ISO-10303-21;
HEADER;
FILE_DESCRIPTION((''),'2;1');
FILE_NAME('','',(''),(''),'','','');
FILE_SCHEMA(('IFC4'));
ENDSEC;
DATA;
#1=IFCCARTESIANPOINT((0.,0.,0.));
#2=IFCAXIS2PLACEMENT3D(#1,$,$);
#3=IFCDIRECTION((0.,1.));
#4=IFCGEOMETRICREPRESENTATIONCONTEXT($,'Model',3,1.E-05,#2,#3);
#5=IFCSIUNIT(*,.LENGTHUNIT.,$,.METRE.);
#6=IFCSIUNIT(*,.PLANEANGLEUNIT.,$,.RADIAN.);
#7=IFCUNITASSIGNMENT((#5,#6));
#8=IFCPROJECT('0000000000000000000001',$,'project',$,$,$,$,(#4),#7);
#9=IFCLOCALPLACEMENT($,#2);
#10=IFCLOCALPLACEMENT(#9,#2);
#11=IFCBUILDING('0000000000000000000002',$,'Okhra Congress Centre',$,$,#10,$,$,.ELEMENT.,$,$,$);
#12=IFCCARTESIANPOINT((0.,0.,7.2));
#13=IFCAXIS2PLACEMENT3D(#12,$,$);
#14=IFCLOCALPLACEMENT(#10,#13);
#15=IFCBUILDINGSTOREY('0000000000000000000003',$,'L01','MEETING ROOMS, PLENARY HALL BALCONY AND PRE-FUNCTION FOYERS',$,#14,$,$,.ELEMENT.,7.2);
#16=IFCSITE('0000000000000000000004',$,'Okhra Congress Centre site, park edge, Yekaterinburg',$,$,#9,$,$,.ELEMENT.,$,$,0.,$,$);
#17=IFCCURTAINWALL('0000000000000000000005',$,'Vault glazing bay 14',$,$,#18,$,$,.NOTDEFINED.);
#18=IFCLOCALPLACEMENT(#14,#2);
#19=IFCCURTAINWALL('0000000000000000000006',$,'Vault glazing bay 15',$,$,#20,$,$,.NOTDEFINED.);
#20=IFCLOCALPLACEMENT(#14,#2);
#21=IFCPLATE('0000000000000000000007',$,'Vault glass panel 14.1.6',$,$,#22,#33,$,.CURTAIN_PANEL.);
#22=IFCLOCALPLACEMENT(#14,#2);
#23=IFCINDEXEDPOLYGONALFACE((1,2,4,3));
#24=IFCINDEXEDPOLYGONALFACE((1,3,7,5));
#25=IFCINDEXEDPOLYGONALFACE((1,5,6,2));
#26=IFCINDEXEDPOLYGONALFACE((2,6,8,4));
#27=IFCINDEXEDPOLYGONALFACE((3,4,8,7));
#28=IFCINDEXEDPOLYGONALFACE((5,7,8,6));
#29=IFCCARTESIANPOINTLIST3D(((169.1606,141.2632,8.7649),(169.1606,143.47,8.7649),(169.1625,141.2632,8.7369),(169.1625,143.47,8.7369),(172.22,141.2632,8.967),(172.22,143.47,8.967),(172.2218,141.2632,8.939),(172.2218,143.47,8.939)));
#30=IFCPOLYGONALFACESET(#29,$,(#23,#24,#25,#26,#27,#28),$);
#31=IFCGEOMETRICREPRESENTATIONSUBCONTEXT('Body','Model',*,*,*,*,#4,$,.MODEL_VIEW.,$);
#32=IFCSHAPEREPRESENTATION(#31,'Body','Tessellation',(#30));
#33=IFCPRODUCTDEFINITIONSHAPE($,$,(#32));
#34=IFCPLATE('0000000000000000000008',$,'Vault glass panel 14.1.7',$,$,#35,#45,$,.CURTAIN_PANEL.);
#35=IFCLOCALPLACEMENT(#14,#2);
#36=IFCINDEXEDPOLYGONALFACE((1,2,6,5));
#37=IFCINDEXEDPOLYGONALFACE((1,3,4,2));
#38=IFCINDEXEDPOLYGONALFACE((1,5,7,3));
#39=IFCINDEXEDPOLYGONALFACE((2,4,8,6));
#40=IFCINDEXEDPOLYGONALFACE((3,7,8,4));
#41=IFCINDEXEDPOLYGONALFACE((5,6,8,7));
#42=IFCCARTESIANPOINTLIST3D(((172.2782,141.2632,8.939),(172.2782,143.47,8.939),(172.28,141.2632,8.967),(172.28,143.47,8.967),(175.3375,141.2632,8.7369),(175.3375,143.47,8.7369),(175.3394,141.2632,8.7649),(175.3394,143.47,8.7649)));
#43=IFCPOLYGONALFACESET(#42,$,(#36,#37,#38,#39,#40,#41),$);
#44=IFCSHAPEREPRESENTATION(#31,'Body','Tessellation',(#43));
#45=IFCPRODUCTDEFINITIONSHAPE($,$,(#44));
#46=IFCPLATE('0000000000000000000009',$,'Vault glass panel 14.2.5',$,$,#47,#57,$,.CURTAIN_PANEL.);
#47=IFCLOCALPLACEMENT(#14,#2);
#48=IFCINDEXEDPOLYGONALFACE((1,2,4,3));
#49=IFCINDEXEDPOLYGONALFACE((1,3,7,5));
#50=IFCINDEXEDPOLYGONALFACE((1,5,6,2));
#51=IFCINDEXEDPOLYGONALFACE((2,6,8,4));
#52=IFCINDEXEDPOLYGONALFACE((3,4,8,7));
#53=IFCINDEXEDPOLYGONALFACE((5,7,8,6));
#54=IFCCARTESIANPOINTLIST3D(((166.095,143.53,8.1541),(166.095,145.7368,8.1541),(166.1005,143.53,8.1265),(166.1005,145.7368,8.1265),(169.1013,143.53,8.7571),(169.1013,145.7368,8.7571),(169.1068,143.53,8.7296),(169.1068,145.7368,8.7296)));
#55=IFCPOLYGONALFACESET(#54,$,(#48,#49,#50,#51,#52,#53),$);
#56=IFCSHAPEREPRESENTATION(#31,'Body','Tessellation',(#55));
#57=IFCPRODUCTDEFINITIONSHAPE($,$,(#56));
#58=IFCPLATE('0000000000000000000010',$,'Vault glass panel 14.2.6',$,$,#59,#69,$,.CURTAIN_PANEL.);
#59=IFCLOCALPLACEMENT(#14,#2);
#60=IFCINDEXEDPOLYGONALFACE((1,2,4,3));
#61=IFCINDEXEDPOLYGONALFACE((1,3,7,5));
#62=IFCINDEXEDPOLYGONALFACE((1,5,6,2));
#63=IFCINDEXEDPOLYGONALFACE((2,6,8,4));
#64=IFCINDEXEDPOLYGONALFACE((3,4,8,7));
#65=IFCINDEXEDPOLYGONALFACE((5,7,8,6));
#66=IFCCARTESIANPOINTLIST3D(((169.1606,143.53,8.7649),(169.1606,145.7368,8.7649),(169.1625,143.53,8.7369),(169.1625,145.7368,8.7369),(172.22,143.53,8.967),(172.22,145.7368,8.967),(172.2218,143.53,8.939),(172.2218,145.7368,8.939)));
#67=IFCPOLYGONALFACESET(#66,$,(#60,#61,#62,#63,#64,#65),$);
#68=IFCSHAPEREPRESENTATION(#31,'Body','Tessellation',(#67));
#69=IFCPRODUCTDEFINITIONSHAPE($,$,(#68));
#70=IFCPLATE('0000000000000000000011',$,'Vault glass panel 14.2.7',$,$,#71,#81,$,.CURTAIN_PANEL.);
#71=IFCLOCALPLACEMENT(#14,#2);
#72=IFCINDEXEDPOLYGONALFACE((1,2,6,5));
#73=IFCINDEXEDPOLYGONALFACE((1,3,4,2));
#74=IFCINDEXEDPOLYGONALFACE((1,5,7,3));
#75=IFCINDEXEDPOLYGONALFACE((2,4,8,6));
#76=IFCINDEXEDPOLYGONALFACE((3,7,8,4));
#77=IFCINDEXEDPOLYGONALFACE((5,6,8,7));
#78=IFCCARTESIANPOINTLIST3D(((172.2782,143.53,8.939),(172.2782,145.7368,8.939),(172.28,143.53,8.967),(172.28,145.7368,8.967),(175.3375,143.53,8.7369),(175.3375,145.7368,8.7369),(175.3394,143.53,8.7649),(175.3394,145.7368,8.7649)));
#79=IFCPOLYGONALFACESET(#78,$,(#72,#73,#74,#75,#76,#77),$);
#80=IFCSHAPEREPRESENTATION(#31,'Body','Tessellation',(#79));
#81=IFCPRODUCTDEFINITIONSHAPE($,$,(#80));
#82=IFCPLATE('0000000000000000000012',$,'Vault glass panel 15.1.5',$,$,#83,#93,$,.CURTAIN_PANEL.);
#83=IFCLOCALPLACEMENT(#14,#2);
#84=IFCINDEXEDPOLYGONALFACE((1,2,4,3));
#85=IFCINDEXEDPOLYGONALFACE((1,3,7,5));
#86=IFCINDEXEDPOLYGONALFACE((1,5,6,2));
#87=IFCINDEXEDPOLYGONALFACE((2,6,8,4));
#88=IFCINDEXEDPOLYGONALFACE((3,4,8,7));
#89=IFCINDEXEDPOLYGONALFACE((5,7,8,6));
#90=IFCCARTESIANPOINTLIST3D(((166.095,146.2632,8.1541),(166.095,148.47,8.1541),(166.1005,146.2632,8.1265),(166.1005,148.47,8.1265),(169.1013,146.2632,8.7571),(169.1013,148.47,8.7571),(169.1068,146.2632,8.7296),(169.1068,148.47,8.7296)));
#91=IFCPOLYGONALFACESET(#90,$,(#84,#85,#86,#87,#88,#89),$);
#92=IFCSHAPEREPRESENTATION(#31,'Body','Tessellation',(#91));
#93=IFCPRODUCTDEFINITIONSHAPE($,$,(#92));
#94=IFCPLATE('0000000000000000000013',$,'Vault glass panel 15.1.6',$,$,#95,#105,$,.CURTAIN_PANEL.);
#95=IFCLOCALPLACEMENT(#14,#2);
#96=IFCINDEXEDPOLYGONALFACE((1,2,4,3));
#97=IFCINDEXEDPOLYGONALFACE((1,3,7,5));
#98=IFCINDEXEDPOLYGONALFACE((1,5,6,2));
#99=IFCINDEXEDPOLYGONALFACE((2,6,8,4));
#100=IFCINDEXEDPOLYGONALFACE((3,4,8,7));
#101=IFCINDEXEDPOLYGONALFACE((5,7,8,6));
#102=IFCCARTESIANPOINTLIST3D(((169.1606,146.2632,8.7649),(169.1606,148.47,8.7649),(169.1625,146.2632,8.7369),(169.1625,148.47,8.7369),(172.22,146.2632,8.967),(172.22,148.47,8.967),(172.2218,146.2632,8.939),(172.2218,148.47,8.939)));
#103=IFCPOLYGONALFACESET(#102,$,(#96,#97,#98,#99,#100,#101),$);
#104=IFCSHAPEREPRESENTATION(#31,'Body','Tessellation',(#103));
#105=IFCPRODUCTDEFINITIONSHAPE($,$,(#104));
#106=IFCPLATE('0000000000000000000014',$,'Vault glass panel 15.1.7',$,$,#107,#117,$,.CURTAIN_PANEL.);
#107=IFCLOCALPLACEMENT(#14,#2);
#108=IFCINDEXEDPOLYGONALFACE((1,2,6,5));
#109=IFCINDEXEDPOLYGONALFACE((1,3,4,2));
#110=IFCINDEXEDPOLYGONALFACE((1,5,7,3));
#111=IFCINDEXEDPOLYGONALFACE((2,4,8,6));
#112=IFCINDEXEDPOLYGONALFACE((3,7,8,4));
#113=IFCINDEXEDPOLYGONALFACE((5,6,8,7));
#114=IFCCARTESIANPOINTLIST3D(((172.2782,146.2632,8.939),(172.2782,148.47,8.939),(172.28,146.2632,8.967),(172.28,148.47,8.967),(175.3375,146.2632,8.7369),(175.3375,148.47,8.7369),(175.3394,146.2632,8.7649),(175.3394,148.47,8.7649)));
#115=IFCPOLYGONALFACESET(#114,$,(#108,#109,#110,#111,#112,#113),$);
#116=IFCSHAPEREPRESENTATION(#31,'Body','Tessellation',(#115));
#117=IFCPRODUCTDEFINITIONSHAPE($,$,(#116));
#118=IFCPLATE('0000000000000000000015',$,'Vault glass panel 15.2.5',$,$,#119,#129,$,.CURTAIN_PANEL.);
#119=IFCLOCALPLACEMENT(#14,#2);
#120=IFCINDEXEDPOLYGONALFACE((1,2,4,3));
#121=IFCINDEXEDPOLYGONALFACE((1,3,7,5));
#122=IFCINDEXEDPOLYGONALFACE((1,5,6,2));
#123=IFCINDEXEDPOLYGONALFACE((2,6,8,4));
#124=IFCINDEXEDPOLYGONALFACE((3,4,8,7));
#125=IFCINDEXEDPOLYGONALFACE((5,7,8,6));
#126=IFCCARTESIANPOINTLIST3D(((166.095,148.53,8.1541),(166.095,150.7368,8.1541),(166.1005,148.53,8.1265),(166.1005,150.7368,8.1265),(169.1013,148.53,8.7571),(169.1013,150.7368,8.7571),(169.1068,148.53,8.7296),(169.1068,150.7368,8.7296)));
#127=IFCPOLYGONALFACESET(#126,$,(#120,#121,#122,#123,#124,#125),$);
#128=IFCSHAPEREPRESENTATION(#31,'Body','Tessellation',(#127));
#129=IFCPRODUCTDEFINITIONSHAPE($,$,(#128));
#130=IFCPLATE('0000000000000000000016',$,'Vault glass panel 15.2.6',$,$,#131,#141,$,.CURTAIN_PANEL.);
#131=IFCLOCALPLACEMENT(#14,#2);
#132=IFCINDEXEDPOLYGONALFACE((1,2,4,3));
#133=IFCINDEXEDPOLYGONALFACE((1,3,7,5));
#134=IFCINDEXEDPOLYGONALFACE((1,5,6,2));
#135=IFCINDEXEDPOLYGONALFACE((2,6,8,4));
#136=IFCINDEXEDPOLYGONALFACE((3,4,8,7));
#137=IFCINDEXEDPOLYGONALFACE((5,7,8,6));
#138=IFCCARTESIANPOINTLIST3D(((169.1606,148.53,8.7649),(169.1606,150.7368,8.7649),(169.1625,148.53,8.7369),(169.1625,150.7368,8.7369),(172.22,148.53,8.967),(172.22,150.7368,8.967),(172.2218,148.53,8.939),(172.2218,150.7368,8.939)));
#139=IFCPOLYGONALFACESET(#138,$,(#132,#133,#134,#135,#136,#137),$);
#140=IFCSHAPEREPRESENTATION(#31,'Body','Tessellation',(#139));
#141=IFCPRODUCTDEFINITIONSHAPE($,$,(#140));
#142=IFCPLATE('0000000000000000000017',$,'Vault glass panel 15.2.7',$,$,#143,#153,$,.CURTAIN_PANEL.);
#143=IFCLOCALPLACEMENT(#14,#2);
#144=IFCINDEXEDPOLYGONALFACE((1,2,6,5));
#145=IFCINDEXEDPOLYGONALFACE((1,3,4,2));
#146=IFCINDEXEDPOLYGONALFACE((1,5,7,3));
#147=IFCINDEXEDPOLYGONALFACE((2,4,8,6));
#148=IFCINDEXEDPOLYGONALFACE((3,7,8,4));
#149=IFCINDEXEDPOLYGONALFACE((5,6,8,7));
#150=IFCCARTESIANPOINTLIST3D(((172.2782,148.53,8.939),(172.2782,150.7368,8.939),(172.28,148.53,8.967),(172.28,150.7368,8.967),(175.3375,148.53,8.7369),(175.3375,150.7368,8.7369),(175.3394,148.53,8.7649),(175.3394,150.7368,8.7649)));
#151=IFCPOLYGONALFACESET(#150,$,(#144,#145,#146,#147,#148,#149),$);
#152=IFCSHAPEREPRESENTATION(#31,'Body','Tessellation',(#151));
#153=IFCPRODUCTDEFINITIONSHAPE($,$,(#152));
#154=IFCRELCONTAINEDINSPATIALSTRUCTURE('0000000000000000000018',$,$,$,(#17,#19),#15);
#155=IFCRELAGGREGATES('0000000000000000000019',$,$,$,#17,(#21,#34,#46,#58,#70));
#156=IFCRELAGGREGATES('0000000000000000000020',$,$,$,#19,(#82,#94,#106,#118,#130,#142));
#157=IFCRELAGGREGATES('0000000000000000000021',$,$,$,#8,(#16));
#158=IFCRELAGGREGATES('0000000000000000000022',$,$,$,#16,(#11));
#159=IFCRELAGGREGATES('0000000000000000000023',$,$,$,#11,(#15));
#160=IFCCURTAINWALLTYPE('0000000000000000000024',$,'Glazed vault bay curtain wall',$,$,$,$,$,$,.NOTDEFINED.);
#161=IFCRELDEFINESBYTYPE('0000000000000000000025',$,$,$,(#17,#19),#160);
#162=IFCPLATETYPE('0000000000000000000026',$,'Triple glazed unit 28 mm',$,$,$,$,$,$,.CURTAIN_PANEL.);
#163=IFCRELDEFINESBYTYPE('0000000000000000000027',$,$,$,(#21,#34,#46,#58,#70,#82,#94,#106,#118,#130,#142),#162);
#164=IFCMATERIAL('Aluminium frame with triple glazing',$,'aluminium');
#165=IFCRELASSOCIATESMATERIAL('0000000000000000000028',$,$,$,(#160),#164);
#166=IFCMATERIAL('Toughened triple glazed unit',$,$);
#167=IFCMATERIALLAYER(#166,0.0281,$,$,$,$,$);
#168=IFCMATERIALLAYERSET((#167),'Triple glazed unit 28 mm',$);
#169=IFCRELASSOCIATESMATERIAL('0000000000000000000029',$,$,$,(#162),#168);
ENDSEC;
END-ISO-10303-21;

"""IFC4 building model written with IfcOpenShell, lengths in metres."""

from ifc_helpers import new_model, si_unit, direction, frame, origin, place, context, subcontext, project, spatial, polyline, outline, extrude, material, layer, layer_set, type_object, element, aggregate, save


model = new_model("IFC4")

# Units and contexts
model_context = context("Model", 3, precision=1e-05, world=origin(), true_north=direction((0.0, 1.0)))
body_context = subcontext(model_context, "Body", "Model", "MODEL_VIEW")
ifc_project = project(units=[si_unit("LENGTHUNIT", "METRE"), si_unit("PLANEANGLEUNIT", "RADIAN")], contexts=[model_context])

# Site, building, storey
site_placement = place(None, origin())
site = spatial("IfcSite", under=ifc_project, at=site_placement, Name="Okhra Congress Centre site, park edge, Yekaterinburg", CompositionType="ELEMENT", RefElevation=0.0)
building_placement = place(site_placement, origin())
building = spatial("IfcBuilding", under=site, at=building_placement, Name="Okhra Congress Centre", CompositionType="ELEMENT")
storey_placement = place(building_placement, frame((0.0, 0.0, 7.2)))
storey = spatial("IfcBuildingStorey", under=building, at=storey_placement, Name="L01", Description="MEETING ROOMS, PLENARY HALL BALCONY AND PRE-FUNCTION FOYERS", CompositionType="ELEMENT", Elevation=7.2)

# Curtain walls
ifc_material_1 = material(Name="Aluminium frame with triple glazing", Category="aluminium")
curtain_wall_type = type_object("IfcCurtainWallType", Name="Glazed vault bay curtain wall", PredefinedType="NOTDEFINED", material=ifc_material_1)
curtain_wall_1_placement = place(storey_placement, origin())
curtain_wall_1 = element("IfcCurtainWall", 1, at=curtain_wall_1_placement, inside=storey, type_object=curtain_wall_type, Name="Vault glazing bay 14", PredefinedType="NOTDEFINED")
curtain_wall_2_placement = place(storey_placement, origin())
curtain_wall_2 = element("IfcCurtainWall", 2, at=curtain_wall_2_placement, inside=storey, type_object=curtain_wall_type, Name="Vault glazing bay 15", PredefinedType="NOTDEFINED")

# Plates
ifc_material_2 = material(Name="Toughened triple glazed unit")
ifc_layer = layer(ifc_material_2, 0.0281)
ifc_layer_set = layer_set([ifc_layer], Name="Triple glazed unit 28 mm")
plate_type = type_object("IfcPlateType", Name="Triple glazed unit 28 mm", PredefinedType="CURTAIN_PANEL", material=ifc_layer_set)
plate_1_placement = place(storey_placement, frame((169.1606, 141.2632, 8.7649), z_axis=(-0.065932, 0.0, 0.997824), x_axis=(0.997824, 0.0, 0.065932)))
plate_1 = element("IfcPlate", 3, at=plate_1_placement, type_object=plate_type, Name="Vault glass panel 14.1.6", PredefinedType="CURTAIN_PANEL", context=body_context, shape_type="SweptSolid", body=[
    extrude(outline(polyline([(0.0, 0.0), (3.066, 0.0), (3.066, 2.2068), (0.0, 2.2068), (0.0, 0.0)])), origin(), (0.0, 0.0, -1.0), 0.0281),
])
plate_2_placement = place(storey_placement, frame((172.28, 141.2632, 8.967), z_axis=(0.065932, 0.0, 0.997824), x_axis=(0.997824, 0.0, -0.065932)))
plate_2 = element("IfcPlate", 4, at=plate_2_placement, type_object=plate_type, Name="Vault glass panel 14.1.7", PredefinedType="CURTAIN_PANEL", context=body_context, shape_type="SweptSolid", body=[
    extrude(outline(polyline([(0.0, 0.0), (3.066, 0.0), (3.066, 2.2068), (0.0, 2.2068), (0.0, 0.0)])), origin(), (0.0, 0.0, -1.0), 0.0281),
])
plate_3_placement = place(storey_placement, frame((166.095, 143.53, 8.1541), z_axis=(-0.196667, 0.0, 0.98047), x_axis=(0.98047, 0.0, 0.196667)))
plate_3 = element("IfcPlate", 5, at=plate_3_placement, type_object=plate_type, Name="Vault glass panel 14.2.5", PredefinedType="CURTAIN_PANEL", context=body_context, shape_type="SweptSolid", body=[
    extrude(outline(polyline([(0.0, 0.0), (3.0662, 0.0), (3.0662, 2.2068), (0.0, 2.2068), (0.0, 0.0)])), origin(), (0.0, 0.0, -1.0), 0.0281),
])
plate_4_placement = place(storey_placement, frame((169.1606, 143.53, 8.7649), z_axis=(-0.065932, 0.0, 0.997824), x_axis=(0.997824, 0.0, 0.065932)))
plate_4 = element("IfcPlate", 6, at=plate_4_placement, type_object=plate_type, Name="Vault glass panel 14.2.6", PredefinedType="CURTAIN_PANEL", context=body_context, shape_type="SweptSolid", body=[
    extrude(outline(polyline([(0.0, 0.0), (3.066, 0.0), (3.066, 2.2068), (0.0, 2.2068), (0.0, 0.0)])), origin(), (0.0, 0.0, -1.0), 0.0281),
])
plate_5_placement = place(storey_placement, frame((172.28, 143.53, 8.967), z_axis=(0.065932, 0.0, 0.997824), x_axis=(0.997824, 0.0, -0.065932)))
plate_5 = element("IfcPlate", 7, at=plate_5_placement, type_object=plate_type, Name="Vault glass panel 14.2.7", PredefinedType="CURTAIN_PANEL", context=body_context, shape_type="SweptSolid", body=[
    extrude(outline(polyline([(0.0, 0.0), (3.066, 0.0), (3.066, 2.2068), (0.0, 2.2068), (0.0, 0.0)])), origin(), (0.0, 0.0, -1.0), 0.0281),
])
aggregate(curtain_wall_1, [plate_1, plate_2, plate_3, plate_4, plate_5])
plate_6_placement = place(storey_placement, frame((166.095, 146.2632, 8.1541), z_axis=(-0.196667, 0.0, 0.98047), x_axis=(0.98047, 0.0, 0.196667)))
plate_6 = element("IfcPlate", 8, at=plate_6_placement, type_object=plate_type, Name="Vault glass panel 15.1.5", PredefinedType="CURTAIN_PANEL", context=body_context, shape_type="SweptSolid", body=[
    extrude(outline(polyline([(0.0, 0.0), (3.0662, 0.0), (3.0662, 2.2068), (0.0, 2.2068), (0.0, 0.0)])), origin(), (0.0, 0.0, -1.0), 0.0281),
])
plate_7_placement = place(storey_placement, frame((169.1606, 146.2632, 8.7649), z_axis=(-0.065932, 0.0, 0.997824), x_axis=(0.997824, 0.0, 0.065932)))
plate_7 = element("IfcPlate", 9, at=plate_7_placement, type_object=plate_type, Name="Vault glass panel 15.1.6", PredefinedType="CURTAIN_PANEL", context=body_context, shape_type="SweptSolid", body=[
    extrude(outline(polyline([(0.0, 0.0), (3.066, 0.0), (3.066, 2.2068), (0.0, 2.2068), (0.0, 0.0)])), origin(), (0.0, 0.0, -1.0), 0.0281),
])
plate_8_placement = place(storey_placement, frame((172.28, 146.2632, 8.967), z_axis=(0.065932, 0.0, 0.997824), x_axis=(0.997824, 0.0, -0.065932)))
plate_8 = element("IfcPlate", 10, at=plate_8_placement, type_object=plate_type, Name="Vault glass panel 15.1.7", PredefinedType="CURTAIN_PANEL", context=body_context, shape_type="SweptSolid", body=[
    extrude(outline(polyline([(0.0, 0.0), (3.066, 0.0), (3.066, 2.2068), (0.0, 2.2068), (0.0, 0.0)])), origin(), (0.0, 0.0, -1.0), 0.0281),
])
plate_9_placement = place(storey_placement, frame((166.095, 148.53, 8.1541), z_axis=(-0.196667, 0.0, 0.98047), x_axis=(0.98047, 0.0, 0.196667)))
plate_9 = element("IfcPlate", 11, at=plate_9_placement, type_object=plate_type, Name="Vault glass panel 15.2.5", PredefinedType="CURTAIN_PANEL", context=body_context, shape_type="SweptSolid", body=[
    extrude(outline(polyline([(0.0, 0.0), (3.0662, 0.0), (3.0662, 2.2068), (0.0, 2.2068), (0.0, 0.0)])), origin(), (0.0, 0.0, -1.0), 0.0281),
])
plate_10_placement = place(storey_placement, frame((169.1606, 148.53, 8.7649), z_axis=(-0.065932, 0.0, 0.997824), x_axis=(0.997824, 0.0, 0.065932)))
plate_10 = element("IfcPlate", 12, at=plate_10_placement, type_object=plate_type, Name="Vault glass panel 15.2.6", PredefinedType="CURTAIN_PANEL", context=body_context, shape_type="SweptSolid", body=[
    extrude(outline(polyline([(0.0, 0.0), (3.066, 0.0), (3.066, 2.2068), (0.0, 2.2068), (0.0, 0.0)])), origin(), (0.0, 0.0, -1.0), 0.0281),
])
plate_11_placement = place(storey_placement, frame((172.28, 148.53, 8.967), z_axis=(0.065932, 0.0, 0.997824), x_axis=(0.997824, 0.0, -0.065932)))
plate_11 = element("IfcPlate", 13, at=plate_11_placement, type_object=plate_type, Name="Vault glass panel 15.2.7", PredefinedType="CURTAIN_PANEL", context=body_context, shape_type="SweptSolid", body=[
    extrude(outline(polyline([(0.0, 0.0), (3.066, 0.0), (3.066, 2.2068), (0.0, 2.2068), (0.0, 0.0)])), origin(), (0.0, 0.0, -1.0), 0.0281),
])
aggregate(curtain_wall_2, [plate_6, plate_7, plate_8, plate_9, plate_10, plate_11])

save(model, "model.ifc")
